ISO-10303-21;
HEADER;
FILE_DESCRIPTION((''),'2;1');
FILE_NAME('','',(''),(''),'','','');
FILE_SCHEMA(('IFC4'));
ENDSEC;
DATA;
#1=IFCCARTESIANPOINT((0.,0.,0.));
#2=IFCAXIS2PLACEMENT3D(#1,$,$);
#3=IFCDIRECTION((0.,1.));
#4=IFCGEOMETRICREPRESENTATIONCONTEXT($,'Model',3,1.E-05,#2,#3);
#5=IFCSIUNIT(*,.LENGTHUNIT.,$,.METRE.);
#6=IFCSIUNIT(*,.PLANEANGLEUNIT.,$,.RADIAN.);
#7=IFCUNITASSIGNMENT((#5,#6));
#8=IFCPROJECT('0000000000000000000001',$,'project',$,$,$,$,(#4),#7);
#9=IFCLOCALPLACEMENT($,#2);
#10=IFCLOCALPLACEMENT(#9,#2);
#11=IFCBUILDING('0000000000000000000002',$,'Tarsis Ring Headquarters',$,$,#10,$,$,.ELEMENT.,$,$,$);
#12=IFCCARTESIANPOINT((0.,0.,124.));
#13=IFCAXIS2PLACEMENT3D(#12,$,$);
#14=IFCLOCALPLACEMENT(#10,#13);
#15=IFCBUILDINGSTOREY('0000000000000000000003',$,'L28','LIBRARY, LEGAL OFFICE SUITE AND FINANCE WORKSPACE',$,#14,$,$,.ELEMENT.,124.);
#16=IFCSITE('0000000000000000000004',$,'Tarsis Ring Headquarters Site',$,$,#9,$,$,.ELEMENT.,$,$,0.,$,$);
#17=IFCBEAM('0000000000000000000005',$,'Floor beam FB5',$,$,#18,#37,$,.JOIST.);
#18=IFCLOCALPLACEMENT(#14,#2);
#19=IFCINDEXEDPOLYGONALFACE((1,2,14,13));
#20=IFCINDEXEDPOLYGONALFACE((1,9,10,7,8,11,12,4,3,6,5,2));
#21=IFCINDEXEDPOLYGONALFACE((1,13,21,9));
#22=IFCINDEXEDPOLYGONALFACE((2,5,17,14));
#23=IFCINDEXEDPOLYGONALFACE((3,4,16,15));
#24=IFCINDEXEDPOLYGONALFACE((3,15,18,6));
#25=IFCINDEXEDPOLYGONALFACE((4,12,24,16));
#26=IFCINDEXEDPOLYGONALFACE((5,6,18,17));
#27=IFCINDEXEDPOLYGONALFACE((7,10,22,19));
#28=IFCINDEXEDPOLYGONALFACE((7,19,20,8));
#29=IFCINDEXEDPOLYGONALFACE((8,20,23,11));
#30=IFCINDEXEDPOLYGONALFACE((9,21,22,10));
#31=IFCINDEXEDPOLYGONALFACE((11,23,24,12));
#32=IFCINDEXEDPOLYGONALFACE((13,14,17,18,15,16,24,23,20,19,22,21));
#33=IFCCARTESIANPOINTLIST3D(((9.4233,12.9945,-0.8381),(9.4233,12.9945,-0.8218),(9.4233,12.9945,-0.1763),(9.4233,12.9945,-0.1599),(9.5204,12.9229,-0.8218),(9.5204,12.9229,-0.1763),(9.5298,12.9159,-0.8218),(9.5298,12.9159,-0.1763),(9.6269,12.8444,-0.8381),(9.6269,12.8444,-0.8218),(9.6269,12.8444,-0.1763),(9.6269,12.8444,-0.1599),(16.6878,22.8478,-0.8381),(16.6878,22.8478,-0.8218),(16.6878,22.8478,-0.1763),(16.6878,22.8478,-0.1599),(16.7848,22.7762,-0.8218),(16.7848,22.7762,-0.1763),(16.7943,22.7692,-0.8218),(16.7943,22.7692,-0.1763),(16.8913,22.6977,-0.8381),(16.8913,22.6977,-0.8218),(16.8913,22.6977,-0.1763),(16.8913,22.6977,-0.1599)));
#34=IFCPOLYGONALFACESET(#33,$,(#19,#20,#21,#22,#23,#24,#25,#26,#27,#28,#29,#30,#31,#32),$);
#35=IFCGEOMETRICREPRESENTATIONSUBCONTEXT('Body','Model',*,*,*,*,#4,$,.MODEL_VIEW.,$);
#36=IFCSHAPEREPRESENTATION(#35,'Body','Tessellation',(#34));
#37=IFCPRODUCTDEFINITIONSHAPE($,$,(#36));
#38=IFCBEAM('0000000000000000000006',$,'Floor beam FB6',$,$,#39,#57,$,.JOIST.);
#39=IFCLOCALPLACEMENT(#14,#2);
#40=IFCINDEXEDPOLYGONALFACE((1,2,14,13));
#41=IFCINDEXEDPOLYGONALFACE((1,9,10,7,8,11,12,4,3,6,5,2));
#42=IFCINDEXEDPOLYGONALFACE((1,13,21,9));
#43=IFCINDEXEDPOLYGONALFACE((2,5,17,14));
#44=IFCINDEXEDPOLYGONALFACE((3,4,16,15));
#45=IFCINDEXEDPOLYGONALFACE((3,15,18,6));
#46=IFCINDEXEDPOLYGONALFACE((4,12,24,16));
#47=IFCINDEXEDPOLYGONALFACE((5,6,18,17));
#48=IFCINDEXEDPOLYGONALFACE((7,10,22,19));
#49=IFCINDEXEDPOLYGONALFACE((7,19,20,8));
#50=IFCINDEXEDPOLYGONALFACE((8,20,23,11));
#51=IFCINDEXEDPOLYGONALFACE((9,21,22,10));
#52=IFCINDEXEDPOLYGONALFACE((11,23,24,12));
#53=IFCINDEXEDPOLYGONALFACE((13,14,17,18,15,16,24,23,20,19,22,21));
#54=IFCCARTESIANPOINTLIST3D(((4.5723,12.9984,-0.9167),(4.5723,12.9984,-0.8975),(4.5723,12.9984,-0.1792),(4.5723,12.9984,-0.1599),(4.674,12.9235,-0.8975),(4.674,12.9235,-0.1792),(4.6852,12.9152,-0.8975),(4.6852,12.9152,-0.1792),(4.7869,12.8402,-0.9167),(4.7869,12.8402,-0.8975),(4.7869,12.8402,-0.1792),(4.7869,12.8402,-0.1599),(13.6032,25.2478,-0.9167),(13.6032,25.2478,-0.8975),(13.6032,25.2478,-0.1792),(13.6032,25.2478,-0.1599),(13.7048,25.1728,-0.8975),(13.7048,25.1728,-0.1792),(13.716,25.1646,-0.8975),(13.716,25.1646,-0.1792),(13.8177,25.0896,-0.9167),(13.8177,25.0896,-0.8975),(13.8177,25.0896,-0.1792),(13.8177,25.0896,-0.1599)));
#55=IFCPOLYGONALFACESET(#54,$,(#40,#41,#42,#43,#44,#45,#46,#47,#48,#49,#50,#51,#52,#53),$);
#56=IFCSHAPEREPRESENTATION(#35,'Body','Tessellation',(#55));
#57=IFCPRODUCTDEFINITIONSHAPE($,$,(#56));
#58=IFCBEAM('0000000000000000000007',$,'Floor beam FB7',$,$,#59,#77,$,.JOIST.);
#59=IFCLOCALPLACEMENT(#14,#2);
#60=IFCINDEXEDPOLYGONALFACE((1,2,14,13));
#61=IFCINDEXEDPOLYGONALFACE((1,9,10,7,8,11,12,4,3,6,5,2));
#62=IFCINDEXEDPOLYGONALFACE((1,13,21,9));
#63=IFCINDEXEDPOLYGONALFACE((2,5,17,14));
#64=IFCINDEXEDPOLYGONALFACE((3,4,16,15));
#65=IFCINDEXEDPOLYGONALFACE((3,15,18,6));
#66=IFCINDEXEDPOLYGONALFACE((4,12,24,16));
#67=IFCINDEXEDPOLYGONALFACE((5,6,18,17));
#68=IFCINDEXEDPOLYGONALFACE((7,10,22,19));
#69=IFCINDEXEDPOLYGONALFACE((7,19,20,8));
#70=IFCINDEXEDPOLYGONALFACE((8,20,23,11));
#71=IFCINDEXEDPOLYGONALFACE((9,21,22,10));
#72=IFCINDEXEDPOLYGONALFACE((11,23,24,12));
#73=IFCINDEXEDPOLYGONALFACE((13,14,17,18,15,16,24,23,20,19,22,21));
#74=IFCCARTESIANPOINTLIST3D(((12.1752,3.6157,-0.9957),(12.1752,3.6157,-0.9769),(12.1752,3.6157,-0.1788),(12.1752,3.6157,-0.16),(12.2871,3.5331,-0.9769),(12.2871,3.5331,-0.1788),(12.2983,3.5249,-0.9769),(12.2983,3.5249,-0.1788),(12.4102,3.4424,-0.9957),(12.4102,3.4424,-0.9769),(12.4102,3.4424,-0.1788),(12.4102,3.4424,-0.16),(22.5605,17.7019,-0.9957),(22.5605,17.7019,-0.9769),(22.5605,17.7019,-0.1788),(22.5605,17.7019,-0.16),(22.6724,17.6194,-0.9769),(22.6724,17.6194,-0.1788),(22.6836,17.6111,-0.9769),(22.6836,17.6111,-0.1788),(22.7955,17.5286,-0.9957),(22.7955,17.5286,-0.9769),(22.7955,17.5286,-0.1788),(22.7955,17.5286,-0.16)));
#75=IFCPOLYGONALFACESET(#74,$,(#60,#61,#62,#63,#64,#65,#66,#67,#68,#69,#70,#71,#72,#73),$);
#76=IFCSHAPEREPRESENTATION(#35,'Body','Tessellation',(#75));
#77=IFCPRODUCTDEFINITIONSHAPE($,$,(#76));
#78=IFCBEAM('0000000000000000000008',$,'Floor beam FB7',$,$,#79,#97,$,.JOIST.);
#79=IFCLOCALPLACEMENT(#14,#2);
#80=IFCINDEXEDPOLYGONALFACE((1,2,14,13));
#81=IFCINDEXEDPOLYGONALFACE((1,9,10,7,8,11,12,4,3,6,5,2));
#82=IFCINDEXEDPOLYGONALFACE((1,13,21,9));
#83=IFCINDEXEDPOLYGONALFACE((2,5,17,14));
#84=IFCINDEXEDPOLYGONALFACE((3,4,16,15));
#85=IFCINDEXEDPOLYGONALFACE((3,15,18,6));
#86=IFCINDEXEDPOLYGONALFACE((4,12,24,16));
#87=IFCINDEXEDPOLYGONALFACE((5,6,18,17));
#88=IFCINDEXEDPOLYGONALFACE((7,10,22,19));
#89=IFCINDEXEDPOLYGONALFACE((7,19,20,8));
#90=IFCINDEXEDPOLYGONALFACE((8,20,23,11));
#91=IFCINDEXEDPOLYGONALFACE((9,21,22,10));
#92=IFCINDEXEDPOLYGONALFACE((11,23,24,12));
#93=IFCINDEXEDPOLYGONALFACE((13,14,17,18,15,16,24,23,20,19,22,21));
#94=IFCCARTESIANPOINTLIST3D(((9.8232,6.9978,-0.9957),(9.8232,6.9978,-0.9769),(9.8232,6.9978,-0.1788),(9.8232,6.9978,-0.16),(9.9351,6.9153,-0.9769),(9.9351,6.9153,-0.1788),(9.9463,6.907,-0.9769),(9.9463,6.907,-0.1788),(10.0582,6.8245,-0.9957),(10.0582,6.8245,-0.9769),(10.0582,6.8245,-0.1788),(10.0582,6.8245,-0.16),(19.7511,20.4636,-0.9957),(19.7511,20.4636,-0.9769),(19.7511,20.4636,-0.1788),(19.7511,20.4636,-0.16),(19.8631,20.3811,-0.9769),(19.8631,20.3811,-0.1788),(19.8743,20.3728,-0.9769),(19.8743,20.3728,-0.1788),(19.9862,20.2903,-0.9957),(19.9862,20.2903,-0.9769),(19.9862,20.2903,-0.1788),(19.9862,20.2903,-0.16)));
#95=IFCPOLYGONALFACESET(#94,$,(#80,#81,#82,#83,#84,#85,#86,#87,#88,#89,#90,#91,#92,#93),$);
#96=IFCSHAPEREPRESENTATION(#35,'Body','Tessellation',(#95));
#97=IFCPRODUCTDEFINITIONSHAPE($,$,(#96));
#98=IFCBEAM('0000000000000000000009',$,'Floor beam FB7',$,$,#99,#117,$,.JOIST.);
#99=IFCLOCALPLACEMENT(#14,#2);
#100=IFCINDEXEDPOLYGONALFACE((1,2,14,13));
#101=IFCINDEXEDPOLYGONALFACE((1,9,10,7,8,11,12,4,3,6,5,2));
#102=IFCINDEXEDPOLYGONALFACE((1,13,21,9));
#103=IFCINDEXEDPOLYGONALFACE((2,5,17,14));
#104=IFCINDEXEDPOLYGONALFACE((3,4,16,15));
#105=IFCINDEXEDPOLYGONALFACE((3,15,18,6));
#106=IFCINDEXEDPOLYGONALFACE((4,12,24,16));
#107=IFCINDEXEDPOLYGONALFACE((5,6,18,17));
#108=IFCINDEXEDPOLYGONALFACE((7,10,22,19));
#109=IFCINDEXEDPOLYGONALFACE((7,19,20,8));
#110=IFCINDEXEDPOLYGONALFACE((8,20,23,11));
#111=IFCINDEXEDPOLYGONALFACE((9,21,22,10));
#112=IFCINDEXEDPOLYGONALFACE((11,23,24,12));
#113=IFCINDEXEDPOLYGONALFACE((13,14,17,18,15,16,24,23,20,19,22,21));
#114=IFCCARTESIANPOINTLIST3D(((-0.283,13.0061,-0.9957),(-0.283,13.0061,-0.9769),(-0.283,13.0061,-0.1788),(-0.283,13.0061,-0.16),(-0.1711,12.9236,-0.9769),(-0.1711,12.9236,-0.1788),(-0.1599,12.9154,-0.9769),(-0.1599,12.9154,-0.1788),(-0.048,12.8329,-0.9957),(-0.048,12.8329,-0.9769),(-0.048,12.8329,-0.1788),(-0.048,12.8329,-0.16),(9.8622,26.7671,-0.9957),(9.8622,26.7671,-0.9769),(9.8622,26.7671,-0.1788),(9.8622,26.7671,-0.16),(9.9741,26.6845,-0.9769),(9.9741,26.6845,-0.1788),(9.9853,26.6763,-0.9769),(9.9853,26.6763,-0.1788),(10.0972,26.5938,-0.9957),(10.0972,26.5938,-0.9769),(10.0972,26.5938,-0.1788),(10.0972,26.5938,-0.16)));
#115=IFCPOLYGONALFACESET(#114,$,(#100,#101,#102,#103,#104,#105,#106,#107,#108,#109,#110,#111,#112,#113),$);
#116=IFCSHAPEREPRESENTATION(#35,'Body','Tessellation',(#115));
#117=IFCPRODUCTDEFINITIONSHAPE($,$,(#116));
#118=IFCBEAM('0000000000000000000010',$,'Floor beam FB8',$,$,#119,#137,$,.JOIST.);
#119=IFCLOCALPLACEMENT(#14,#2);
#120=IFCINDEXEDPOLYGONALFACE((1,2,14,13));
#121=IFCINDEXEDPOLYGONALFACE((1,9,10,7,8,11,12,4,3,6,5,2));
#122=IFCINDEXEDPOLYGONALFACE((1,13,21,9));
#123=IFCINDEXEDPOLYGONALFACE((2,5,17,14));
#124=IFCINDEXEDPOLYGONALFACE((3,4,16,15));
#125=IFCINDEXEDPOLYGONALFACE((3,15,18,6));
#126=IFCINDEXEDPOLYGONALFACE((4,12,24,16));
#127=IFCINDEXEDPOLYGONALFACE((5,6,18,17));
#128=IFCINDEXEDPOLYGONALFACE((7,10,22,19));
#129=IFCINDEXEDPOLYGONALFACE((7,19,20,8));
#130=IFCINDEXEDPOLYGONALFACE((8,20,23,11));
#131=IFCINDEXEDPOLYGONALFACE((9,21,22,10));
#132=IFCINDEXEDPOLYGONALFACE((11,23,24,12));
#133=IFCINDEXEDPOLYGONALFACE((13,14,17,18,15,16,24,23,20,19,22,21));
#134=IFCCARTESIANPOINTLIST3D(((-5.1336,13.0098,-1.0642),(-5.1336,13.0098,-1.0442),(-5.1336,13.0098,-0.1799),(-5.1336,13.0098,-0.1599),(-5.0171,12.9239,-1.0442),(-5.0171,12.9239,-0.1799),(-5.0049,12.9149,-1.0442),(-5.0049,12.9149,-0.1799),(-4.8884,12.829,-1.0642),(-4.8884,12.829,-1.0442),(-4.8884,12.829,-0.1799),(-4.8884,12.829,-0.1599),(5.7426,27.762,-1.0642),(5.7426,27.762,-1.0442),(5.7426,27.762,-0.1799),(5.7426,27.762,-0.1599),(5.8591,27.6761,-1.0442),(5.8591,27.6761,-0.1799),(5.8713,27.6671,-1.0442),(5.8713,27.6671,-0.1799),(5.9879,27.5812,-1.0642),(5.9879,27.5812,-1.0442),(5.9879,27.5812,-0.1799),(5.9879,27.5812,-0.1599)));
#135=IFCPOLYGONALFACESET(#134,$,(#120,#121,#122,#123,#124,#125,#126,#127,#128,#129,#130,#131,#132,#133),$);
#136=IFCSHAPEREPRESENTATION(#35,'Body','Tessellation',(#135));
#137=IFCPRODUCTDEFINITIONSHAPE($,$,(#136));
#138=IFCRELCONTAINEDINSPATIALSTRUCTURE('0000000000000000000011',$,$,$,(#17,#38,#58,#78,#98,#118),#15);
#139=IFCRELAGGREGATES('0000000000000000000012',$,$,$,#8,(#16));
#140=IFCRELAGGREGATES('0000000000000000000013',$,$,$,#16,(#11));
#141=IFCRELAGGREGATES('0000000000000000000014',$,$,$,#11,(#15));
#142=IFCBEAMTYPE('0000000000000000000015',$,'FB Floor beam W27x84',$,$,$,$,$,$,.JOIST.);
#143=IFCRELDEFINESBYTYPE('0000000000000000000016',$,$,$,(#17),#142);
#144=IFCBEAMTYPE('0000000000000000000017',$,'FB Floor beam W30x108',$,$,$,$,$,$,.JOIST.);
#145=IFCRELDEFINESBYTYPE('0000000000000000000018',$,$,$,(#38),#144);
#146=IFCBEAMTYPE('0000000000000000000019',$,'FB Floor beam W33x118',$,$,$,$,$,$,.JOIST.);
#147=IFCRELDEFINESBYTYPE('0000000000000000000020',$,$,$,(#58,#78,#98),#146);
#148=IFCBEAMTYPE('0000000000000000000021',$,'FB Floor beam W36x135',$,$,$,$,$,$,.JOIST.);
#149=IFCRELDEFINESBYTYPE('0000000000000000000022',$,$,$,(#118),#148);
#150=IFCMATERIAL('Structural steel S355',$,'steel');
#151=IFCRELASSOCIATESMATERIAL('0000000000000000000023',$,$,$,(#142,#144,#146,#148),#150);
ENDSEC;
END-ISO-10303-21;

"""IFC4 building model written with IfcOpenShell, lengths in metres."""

from ifc_helpers import new_model, si_unit, direction, frame, origin, origin_2d, place, context, subcontext, project, spatial, i_section, extrude, material, material_profile, profile_set, type_object, element, save


model = new_model("IFC4")

# Units and contexts
model_context = context("Model", 3, precision=1e-05, world=origin(), true_north=direction((0.0, 1.0)))
body_context = subcontext(model_context, "Body", "Model", "MODEL_VIEW")
ifc_project = project(units=[si_unit("LENGTHUNIT", "METRE"), si_unit("PLANEANGLEUNIT", "RADIAN")], contexts=[model_context])

# Site, building, storey
site_placement = place(None, origin())
site = spatial("IfcSite", under=ifc_project, at=site_placement, Name="Tarsis Ring Headquarters Site", CompositionType="ELEMENT", RefElevation=0.0)
building_placement = place(site_placement, origin())
building = spatial("IfcBuilding", under=site, at=building_placement, Name="Tarsis Ring Headquarters", CompositionType="ELEMENT")
storey_placement = place(building_placement, frame((0.0, 0.0, 124.0)))
storey = spatial("IfcBuildingStorey", under=building, at=storey_placement, Name="L28", Description="LIBRARY, LEGAL OFFICE SUITE AND FINANCE WORKSPACE", CompositionType="ELEMENT", Elevation=124.0)

# Shared definitions
ifc_material_1 = material(Name="Structural steel S355", Category="steel")

# Beams
ifc_material_profile_1 = material_profile(ifc_material_1, i_section(OverallWidth=0.2529, OverallDepth=0.6782, WebThickness=0.0117, FlangeThickness=0.0164, at=origin_2d()), Name="W27x84")
ifc_profile_set_1 = profile_set([ifc_material_profile_1], Name="Structural steel S355")
beam_type_1 = type_object("IfcBeamType", Name="FB Floor beam W27x84", PredefinedType="JOIST", material=ifc_profile_set_1)
beam_1_placement = place(storey_placement, frame((16.7896, 22.7727, -0.499), z_axis=(-0.593416, -0.804896, 0.0), x_axis=(0.804896, -0.593416, 0.0)))
element("IfcBeam", 1, at=beam_1_placement, inside=storey, type_object=beam_type_1, Name="Floor beam FB5", PredefinedType="JOIST", context=body_context, shape_type="SweptSolid", body=[
    extrude(i_section(OverallWidth=0.2529, OverallDepth=0.6782, WebThickness=0.0117, FlangeThickness=0.0164, at=origin_2d()), origin(), (0.0, 0.0, 1.0), 12.2417),
])
ifc_material_profile_2 = material_profile(ifc_material_1, i_section(OverallWidth=0.2666, OverallDepth=0.7568, WebThickness=0.0139, FlangeThickness=0.0193, at=origin_2d()), Name="W30x108")
ifc_profile_set_2 = profile_set([ifc_material_profile_2], Name="Structural steel S355")
beam_type_2 = type_object("IfcBeamType", Name="FB Floor beam W30x108", PredefinedType="JOIST", material=ifc_profile_set_2)
beam_2_placement = place(storey_placement, frame((13.7104, 25.1687, -0.5383), z_axis=(-0.593411, -0.804899, 0.0), x_axis=(0.804899, -0.593411, 0.0)))
element("IfcBeam", 2, at=beam_2_placement, inside=storey, type_object=beam_type_2, Name="Floor beam FB6", PredefinedType="JOIST", context=body_context, shape_type="SweptSolid", body=[
    extrude(i_section(OverallWidth=0.2666, OverallDepth=0.7568, WebThickness=0.0139, FlangeThickness=0.0193, at=origin_2d()), origin(), (0.0, 0.0, 1.0), 15.2185),
])
ifc_material_profile_3 = material_profile(ifc_material_1, i_section(OverallWidth=0.292, OverallDepth=0.8357, WebThickness=0.0139, FlangeThickness=0.0188, at=origin_2d()), Name="W33x118")
ifc_profile_set_3 = profile_set([ifc_material_profile_3], Name="Structural steel S355")
beam_type_3 = type_object("IfcBeamType", Name="FB Floor beam W33x118", PredefinedType="JOIST", material=ifc_profile_set_3)
beam_3_placement = place(storey_placement, frame((22.678, 17.6152, -0.5779), z_axis=(-0.59342, -0.804893, 0.0), x_axis=(0.804893, -0.59342, 0.0)))
element("IfcBeam", 3, at=beam_3_placement, inside=storey, type_object=beam_type_3, Name="Floor beam FB7", PredefinedType="JOIST", context=body_context, shape_type="SweptSolid", body=[
    extrude(i_section(OverallWidth=0.292, OverallDepth=0.8357, WebThickness=0.0139, FlangeThickness=0.0188, at=origin_2d()), origin(), (0.0, 0.0, 1.0), 17.5007),
])
beam_4_placement = place(storey_placement, frame((19.8687, 20.377, -0.5779), z_axis=(-0.593424, -0.80489, 0.0), x_axis=(0.80489, -0.593424, 0.0)))
element("IfcBeam", 4, at=beam_4_placement, inside=storey, type_object=beam_type_3, Name="Floor beam FB7", PredefinedType="JOIST", context=body_context, shape_type="SweptSolid", body=[
    extrude(i_section(OverallWidth=0.292, OverallDepth=0.8357, WebThickness=0.0139, FlangeThickness=0.0188, at=origin_2d()), origin(), (0.0, 0.0, 1.0), 16.73),
])
beam_5_placement = place(storey_placement, frame((9.9797, 26.6804, -0.5779), z_axis=(-0.593411, -0.8049, 0.0), x_axis=(0.8049, -0.593411, 0.0)))
element("IfcBeam", 5, at=beam_5_placement, inside=storey, type_object=beam_type_3, Name="Floor beam FB7", PredefinedType="JOIST", context=body_context, shape_type="SweptSolid", body=[
    extrude(i_section(OverallWidth=0.292, OverallDepth=0.8357, WebThickness=0.0139, FlangeThickness=0.0188, at=origin_2d()), origin(), (0.0, 0.0, 1.0), 17.0964),
])
ifc_material_profile_4 = material_profile(ifc_material_1, i_section(OverallWidth=0.3047, OverallDepth=0.9043, WebThickness=0.0151, FlangeThickness=0.02, at=origin_2d()), Name="W36x135")
ifc_profile_set_4 = profile_set([ifc_material_profile_4], Name="Structural steel S355")
beam_type_4 = type_object("IfcBeamType", Name="FB Floor beam W36x135", PredefinedType="JOIST", material=ifc_profile_set_4)
beam_6_placement = place(storey_placement, frame((5.8652, 27.6716, -0.6121), z_axis=(-0.593418, -0.804895, 0.0), x_axis=(0.804895, -0.593418, 0.0)))
element("IfcBeam", 6, at=beam_6_placement, inside=storey, type_object=beam_type_4, Name="Floor beam FB8", PredefinedType="JOIST", context=body_context, shape_type="SweptSolid", body=[
    extrude(i_section(OverallWidth=0.3047, OverallDepth=0.9043, WebThickness=0.0151, FlangeThickness=0.02, at=origin_2d()), origin(), (0.0, 0.0, 1.0), 18.3281),
])

save(model, "model.ifc")
